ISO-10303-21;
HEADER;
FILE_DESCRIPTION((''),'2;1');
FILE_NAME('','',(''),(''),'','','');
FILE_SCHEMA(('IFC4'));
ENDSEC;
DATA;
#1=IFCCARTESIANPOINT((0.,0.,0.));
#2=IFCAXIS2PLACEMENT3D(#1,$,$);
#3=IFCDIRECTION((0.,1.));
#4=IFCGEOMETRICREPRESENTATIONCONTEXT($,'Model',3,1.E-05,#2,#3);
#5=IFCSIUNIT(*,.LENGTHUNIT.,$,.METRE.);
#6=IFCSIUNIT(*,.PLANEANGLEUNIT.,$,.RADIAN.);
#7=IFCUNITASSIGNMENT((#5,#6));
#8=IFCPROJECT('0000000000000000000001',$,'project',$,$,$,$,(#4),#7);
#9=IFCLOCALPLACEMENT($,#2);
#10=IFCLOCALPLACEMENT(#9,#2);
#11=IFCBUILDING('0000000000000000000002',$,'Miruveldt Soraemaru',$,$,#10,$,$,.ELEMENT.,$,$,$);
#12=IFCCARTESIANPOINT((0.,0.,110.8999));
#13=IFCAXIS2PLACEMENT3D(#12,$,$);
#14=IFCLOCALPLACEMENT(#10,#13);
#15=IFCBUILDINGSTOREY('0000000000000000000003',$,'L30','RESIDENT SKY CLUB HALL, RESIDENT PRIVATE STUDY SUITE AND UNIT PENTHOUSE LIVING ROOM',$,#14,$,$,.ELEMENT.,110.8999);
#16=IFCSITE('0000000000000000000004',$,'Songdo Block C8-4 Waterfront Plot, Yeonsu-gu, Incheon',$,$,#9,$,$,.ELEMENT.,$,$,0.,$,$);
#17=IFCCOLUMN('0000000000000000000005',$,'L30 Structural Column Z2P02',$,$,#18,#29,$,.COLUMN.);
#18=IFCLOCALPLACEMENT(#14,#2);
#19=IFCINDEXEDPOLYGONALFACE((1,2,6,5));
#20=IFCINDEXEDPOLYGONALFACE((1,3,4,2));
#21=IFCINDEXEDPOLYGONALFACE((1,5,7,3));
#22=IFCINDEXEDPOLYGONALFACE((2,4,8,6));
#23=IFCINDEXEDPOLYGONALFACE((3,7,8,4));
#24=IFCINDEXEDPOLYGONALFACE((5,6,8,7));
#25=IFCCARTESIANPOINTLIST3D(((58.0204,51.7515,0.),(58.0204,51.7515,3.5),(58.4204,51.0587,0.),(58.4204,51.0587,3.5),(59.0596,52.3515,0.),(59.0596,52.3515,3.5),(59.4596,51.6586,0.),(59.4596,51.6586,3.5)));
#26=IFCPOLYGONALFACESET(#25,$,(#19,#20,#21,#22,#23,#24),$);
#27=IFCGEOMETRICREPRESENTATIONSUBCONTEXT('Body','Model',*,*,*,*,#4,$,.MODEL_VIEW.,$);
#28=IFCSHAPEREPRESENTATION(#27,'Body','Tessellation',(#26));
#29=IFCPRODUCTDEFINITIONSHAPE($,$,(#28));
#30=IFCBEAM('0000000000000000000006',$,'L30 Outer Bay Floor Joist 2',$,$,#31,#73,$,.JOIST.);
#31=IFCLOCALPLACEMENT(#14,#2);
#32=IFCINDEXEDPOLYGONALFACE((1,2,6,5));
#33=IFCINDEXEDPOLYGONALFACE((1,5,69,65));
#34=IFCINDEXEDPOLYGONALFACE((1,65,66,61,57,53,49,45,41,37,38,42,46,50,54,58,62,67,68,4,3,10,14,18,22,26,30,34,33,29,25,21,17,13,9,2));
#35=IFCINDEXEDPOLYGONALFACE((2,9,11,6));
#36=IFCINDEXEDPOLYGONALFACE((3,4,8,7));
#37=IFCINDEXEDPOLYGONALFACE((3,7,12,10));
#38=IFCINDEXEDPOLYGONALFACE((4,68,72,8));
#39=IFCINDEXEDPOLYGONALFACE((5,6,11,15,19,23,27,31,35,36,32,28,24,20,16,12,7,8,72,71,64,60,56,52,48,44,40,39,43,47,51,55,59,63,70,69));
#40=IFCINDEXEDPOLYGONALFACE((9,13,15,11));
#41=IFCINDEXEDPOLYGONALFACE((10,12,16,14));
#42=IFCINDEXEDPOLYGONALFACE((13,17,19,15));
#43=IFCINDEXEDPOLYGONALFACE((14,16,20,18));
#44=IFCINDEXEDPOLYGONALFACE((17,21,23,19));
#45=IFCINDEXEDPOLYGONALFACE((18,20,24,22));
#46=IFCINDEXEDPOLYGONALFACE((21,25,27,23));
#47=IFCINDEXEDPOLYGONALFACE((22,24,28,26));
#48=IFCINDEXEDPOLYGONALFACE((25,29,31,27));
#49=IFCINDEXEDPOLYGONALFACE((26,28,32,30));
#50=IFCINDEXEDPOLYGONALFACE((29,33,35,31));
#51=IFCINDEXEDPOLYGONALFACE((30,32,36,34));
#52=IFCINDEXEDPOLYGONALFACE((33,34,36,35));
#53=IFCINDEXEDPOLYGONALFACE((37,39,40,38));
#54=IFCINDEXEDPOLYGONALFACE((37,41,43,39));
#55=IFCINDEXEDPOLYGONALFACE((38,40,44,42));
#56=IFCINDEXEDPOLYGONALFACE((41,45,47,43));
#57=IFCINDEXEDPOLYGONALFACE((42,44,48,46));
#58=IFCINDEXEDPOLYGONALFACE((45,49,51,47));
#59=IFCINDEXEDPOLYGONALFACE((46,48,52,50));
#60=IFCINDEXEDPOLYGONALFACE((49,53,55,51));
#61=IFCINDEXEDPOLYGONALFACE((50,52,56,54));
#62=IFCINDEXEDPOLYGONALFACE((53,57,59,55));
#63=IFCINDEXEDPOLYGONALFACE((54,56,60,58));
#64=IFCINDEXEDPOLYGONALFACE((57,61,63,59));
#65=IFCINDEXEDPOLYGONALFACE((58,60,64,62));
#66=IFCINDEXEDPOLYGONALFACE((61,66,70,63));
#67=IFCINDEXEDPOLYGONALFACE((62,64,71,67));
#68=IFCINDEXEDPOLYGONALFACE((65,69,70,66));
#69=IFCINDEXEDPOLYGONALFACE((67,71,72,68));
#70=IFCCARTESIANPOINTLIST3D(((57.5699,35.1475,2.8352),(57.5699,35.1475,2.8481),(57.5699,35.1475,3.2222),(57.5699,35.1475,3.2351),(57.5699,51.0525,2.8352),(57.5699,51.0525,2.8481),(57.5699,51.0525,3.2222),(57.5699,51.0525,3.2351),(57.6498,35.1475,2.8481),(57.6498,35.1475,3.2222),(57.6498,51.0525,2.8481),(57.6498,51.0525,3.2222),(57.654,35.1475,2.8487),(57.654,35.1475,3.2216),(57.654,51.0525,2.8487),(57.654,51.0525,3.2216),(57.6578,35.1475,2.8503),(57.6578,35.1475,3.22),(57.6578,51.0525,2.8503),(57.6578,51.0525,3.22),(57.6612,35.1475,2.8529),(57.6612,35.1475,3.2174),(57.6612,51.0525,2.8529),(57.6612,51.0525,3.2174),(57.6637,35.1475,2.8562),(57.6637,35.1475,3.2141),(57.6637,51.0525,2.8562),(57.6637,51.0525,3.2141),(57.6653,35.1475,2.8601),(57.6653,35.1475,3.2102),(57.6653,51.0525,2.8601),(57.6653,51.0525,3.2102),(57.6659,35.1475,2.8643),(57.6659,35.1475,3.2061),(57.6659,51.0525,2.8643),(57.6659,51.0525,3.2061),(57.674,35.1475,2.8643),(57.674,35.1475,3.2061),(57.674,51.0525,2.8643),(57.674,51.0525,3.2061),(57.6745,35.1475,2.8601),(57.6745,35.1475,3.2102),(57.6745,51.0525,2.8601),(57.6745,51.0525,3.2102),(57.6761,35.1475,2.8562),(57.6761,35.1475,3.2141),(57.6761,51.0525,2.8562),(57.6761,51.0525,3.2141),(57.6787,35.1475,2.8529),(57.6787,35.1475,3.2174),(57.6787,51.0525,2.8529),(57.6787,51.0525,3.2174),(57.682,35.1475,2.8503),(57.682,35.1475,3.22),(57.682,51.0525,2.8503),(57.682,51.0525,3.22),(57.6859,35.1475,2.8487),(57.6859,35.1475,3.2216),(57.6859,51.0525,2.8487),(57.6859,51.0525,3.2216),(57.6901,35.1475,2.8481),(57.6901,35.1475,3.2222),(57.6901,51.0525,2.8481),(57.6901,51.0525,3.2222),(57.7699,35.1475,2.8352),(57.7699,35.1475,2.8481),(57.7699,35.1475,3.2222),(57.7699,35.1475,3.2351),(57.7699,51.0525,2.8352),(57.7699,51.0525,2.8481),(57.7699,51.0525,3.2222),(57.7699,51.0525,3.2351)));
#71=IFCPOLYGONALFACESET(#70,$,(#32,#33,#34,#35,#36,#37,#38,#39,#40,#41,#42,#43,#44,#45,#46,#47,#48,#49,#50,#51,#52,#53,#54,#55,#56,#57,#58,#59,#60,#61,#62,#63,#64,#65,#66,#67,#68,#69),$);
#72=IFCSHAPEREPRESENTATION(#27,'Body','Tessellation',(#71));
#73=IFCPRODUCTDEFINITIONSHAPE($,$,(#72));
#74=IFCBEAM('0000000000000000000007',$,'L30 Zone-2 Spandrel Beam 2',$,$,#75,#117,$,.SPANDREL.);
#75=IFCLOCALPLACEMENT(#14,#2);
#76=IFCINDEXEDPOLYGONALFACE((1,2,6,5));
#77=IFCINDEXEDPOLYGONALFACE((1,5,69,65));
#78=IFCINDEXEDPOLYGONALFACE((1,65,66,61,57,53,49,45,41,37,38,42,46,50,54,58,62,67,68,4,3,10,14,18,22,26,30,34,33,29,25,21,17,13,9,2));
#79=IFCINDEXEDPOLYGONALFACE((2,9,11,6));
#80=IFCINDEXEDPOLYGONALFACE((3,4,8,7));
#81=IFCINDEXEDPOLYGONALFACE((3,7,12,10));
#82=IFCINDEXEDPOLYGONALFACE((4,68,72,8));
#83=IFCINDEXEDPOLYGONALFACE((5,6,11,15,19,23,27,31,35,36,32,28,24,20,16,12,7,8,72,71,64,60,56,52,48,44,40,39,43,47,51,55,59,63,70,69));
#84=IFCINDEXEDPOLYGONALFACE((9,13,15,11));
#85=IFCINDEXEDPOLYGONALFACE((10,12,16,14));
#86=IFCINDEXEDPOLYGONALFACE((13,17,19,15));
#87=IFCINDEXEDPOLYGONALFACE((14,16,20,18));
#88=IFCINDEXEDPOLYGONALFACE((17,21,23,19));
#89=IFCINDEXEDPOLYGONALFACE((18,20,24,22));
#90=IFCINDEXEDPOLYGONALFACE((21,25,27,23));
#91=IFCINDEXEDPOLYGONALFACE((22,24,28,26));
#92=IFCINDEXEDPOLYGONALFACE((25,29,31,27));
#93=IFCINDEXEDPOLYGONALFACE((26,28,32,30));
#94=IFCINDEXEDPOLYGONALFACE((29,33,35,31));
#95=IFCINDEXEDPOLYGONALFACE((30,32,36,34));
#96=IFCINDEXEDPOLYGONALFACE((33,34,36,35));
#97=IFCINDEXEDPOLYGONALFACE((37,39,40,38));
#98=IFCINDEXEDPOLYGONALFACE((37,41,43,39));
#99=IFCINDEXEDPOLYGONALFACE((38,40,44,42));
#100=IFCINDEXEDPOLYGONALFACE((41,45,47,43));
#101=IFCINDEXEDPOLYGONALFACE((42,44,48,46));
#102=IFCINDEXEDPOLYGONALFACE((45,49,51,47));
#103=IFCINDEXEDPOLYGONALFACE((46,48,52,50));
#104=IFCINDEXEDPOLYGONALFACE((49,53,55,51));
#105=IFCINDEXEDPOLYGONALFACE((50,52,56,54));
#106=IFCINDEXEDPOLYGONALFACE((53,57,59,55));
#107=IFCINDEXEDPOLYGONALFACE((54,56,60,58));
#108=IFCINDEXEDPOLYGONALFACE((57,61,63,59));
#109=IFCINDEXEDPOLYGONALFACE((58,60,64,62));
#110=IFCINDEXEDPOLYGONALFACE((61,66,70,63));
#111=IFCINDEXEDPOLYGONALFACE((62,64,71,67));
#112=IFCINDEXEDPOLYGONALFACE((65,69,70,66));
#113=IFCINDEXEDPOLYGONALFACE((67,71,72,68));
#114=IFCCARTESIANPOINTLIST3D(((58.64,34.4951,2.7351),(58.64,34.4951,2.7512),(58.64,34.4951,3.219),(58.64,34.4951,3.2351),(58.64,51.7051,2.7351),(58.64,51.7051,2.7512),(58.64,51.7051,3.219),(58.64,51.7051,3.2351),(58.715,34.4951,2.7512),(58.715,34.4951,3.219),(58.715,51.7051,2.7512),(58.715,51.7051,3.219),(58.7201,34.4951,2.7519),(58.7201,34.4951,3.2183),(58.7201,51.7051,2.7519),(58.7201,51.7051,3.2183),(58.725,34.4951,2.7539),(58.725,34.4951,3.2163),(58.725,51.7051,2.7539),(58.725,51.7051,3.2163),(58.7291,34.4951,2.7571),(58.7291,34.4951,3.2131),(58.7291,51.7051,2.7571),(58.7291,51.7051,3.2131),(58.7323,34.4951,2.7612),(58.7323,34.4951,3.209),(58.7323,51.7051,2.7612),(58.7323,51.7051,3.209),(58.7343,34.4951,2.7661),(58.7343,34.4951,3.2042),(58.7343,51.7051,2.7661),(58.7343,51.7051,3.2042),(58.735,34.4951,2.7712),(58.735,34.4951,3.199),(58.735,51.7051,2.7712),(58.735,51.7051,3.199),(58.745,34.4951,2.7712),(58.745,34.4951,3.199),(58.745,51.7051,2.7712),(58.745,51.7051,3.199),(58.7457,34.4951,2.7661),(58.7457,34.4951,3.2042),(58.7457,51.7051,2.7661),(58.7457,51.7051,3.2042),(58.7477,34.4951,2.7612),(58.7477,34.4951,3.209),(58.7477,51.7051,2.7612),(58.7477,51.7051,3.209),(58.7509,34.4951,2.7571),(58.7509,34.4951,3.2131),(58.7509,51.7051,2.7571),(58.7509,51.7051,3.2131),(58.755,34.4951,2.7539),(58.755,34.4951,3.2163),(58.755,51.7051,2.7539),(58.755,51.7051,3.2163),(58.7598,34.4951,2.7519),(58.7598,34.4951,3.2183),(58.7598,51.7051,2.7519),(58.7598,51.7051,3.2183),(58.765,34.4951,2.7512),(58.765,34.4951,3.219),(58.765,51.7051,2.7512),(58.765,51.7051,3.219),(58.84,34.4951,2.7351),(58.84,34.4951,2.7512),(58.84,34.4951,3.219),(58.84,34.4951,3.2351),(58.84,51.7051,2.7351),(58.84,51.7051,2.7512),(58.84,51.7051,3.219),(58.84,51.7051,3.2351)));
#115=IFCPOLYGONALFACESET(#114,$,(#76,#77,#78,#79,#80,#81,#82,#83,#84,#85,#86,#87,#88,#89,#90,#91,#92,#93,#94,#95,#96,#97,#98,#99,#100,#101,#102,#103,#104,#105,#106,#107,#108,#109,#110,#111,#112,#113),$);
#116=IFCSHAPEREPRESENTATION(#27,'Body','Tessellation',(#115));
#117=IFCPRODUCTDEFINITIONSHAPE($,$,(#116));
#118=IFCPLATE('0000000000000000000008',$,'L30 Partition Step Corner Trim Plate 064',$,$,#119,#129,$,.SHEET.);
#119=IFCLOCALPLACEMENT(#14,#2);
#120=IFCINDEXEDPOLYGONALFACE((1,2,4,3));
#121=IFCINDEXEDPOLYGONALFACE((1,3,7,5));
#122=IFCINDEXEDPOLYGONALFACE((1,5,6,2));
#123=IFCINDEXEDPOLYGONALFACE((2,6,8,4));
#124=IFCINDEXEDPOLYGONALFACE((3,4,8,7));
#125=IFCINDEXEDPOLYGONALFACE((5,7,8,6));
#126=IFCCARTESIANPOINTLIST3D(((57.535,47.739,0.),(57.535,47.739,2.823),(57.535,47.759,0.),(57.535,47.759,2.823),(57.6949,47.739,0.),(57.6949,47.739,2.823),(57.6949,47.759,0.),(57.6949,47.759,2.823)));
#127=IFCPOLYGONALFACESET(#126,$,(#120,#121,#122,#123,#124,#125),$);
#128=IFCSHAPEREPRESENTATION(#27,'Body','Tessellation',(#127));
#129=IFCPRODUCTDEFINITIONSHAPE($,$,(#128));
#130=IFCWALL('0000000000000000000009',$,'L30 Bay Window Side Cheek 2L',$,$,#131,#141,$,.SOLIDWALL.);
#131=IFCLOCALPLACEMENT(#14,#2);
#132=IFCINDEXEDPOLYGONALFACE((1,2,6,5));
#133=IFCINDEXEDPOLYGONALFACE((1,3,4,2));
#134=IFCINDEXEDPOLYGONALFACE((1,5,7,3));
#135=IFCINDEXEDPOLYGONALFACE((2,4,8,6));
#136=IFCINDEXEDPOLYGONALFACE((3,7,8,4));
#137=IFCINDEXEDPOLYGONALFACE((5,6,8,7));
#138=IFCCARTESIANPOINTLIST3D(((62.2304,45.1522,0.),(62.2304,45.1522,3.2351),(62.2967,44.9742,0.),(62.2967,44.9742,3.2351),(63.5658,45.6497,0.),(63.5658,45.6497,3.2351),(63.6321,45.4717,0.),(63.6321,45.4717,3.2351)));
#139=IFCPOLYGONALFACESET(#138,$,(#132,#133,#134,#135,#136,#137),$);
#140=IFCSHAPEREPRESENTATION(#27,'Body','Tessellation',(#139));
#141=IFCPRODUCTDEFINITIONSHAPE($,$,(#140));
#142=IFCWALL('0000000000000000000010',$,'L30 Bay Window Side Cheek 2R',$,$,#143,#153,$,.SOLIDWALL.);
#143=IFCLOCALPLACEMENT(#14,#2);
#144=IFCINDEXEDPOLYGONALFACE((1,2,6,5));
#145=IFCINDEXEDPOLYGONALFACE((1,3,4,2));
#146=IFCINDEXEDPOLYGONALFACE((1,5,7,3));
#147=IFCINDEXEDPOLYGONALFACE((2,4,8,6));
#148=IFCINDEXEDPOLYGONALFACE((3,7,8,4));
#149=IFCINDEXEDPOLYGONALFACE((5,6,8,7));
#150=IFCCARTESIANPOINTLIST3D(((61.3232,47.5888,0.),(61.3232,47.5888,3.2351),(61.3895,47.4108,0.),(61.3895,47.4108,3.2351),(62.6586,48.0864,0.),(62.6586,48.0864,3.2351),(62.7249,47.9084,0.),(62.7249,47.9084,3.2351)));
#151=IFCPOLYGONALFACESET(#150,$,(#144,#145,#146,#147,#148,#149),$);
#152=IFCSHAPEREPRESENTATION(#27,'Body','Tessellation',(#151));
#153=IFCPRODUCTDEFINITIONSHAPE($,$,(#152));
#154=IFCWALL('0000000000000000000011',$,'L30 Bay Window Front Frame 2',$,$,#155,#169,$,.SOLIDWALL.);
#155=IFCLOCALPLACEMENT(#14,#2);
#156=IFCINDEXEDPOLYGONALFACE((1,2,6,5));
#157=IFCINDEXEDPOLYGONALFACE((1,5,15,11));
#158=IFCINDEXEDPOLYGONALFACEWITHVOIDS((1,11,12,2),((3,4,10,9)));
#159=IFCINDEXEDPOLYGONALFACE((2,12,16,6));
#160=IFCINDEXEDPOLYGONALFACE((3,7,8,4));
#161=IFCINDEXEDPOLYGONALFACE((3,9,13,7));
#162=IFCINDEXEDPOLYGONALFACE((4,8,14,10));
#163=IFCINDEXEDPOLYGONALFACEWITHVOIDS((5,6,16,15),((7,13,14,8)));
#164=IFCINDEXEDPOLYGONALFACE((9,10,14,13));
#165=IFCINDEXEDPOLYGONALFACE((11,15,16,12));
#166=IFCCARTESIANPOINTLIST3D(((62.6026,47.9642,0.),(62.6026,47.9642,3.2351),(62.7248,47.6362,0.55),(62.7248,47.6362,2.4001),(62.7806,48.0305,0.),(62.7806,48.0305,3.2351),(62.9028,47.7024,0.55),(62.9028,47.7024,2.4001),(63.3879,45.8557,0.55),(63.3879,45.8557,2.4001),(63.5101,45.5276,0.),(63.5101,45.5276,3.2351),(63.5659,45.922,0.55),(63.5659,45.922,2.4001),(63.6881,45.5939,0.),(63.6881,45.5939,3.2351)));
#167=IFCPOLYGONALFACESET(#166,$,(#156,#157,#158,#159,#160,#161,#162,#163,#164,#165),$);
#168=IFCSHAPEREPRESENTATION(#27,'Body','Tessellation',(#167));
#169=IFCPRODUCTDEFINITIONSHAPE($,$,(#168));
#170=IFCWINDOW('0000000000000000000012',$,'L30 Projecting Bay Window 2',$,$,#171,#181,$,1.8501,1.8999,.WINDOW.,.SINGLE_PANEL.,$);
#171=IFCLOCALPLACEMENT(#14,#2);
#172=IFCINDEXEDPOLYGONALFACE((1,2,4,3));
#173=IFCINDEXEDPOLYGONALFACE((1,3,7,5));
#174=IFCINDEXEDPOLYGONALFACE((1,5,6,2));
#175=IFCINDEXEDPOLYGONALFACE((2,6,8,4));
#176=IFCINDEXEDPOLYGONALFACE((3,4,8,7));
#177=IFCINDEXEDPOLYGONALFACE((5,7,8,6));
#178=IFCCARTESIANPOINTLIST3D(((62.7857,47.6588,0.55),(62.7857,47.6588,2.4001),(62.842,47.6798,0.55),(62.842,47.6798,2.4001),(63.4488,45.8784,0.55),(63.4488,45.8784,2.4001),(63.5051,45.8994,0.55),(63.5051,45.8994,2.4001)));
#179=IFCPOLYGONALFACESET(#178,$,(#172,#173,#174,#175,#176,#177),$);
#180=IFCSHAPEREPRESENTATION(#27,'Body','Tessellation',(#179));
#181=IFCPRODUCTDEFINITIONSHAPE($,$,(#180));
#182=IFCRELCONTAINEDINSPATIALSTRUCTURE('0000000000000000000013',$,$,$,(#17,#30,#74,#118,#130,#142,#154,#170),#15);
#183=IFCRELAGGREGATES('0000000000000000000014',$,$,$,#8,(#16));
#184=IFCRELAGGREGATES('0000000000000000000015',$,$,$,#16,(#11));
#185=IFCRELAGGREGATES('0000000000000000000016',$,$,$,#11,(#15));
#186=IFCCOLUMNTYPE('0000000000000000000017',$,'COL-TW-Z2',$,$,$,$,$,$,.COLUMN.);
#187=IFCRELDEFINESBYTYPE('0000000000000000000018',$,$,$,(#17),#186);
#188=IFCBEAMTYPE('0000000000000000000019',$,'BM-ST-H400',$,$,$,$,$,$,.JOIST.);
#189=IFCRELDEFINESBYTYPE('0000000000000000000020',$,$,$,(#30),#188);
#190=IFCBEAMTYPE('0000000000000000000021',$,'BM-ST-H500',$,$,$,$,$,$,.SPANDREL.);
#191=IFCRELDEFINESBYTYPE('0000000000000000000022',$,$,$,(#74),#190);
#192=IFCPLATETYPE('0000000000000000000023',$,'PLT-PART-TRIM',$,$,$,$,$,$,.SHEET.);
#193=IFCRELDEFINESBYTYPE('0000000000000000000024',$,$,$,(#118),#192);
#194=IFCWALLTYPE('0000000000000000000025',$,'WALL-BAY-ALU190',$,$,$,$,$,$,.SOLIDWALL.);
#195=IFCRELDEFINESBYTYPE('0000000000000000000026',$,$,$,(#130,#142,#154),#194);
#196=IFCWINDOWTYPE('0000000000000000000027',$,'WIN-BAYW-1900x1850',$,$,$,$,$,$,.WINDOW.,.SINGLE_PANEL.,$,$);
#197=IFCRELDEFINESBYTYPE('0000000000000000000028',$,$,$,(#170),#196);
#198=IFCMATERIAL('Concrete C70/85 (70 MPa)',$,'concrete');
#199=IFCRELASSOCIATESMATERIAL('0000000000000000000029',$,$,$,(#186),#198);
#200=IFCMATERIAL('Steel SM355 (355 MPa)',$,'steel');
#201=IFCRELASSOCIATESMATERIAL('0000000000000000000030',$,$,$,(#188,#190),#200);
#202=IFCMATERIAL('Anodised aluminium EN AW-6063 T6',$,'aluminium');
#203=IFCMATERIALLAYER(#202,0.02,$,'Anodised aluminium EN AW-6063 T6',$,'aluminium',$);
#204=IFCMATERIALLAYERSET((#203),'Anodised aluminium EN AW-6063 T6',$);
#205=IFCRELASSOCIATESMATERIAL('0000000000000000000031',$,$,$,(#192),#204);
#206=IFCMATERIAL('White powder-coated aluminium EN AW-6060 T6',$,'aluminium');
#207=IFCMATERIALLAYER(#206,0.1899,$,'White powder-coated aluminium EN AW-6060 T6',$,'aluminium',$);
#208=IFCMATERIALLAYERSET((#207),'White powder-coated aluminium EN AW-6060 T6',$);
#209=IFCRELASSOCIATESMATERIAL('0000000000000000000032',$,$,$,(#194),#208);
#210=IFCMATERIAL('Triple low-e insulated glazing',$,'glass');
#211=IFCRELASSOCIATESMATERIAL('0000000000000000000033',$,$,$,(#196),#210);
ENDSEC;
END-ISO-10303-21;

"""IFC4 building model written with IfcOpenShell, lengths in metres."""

from ifc_helpers import new_model, si_unit, direction, frame, frame_2d, origin, origin_2d, place, context, subcontext, project, spatial, rectangle, i_section, extrude, material, layer, layer_set, material_profile, profile_set, type_object, element, fill, save


model = new_model("IFC4")

# Units and contexts
model_context = context("Model", 3, precision=1e-05, world=origin(), true_north=direction((0.0, 1.0)))
body_context = subcontext(model_context, "Body", "Model", "MODEL_VIEW")
ifc_project = project(units=[si_unit("LENGTHUNIT", "METRE"), si_unit("PLANEANGLEUNIT", "RADIAN")], contexts=[model_context])

# Site, building, storey
site_placement = place(None, origin())
site = spatial("IfcSite", under=ifc_project, at=site_placement, Name="Songdo Block C8-4 Waterfront Plot, Yeonsu-gu, Incheon", CompositionType="ELEMENT", RefElevation=0.0)
building_placement = place(site_placement, origin())
building = spatial("IfcBuilding", under=site, at=building_placement, Name="Miruveldt Soraemaru", CompositionType="ELEMENT")
storey_placement = place(building_placement, frame((0.0, 0.0, 110.8999)))
storey = spatial("IfcBuildingStorey", under=building, at=storey_placement, Name="L30", Description="RESIDENT SKY CLUB HALL, RESIDENT PRIVATE STUDY SUITE AND UNIT PENTHOUSE LIVING ROOM", CompositionType="ELEMENT", Elevation=110.8999)

# Column
ifc_material_1 = material(Name="Concrete C70/85 (70 MPa)", Category="concrete")
ifc_material_profile_1 = material_profile(ifc_material_1, rectangle(XDim=1.2, YDim=0.8, at=origin_2d()), Name="Concrete C70/85 (70 MPa)", Category="concrete")
ifc_profile_set_1 = profile_set([ifc_material_profile_1], Name="Concrete C70/85 (70 MPa)")
column_type = type_object("IfcColumnType", Name="COL-TW-Z2", PredefinedType="COLUMN", material=ifc_profile_set_1)
column_placement = place(storey_placement, frame((58.74, 51.7051, 0.0), z_axis=(0.0, 0.0, 1.0), x_axis=(0.866025, 0.5, 0.0)))
element("IfcColumn", 1, at=column_placement, inside=storey, type_object=column_type, Name="L30 Structural Column Z2P02", PredefinedType="COLUMN", context=body_context, shape_type="SweptSolid", body=[
    extrude(rectangle(XDim=1.2, YDim=0.8, at=origin_2d()), origin(), (0.0, 0.0, 1.0), 3.5),
])

# Beams
ifc_material_2 = material(Name="Steel SM355 (355 MPa)", Category="steel")
ifc_material_profile_2 = material_profile(ifc_material_2, i_section(OverallWidth=0.2, OverallDepth=0.3999, WebThickness=0.0081, FlangeThickness=0.0129, FilletRadius=0.0161, at=origin_2d()), Name="Steel SM355 (355 MPa)", Category="steel")
ifc_profile_set_2 = profile_set([ifc_material_profile_2], Name="Steel SM355 (355 MPa)")
beam_type_1 = type_object("IfcBeamType", Name="BM-ST-H400", PredefinedType="JOIST", material=ifc_profile_set_2)
beam_1_placement = place(storey_placement, frame((57.6699, 51.0525, 3.0352), z_axis=(0.0, -1.0, 0.0), x_axis=(1.0, 0.0, 0.0)))
element("IfcBeam", 2, at=beam_1_placement, inside=storey, type_object=beam_type_1, Name="L30 Outer Bay Floor Joist 2", PredefinedType="JOIST", context=body_context, shape_type="SweptSolid", body=[
    extrude(i_section(OverallWidth=0.2, OverallDepth=0.3999, WebThickness=0.0081, FlangeThickness=0.0129, FilletRadius=0.0161, at=origin_2d()), origin(), (0.0, 0.0, 1.0), 15.905),
])
ifc_material_profile_3 = material_profile(ifc_material_2, i_section(OverallWidth=0.2, OverallDepth=0.5, WebThickness=0.01, FlangeThickness=0.0161, FilletRadius=0.02, at=origin_2d()), Name="Steel SM355 (355 MPa)", Category="steel")
ifc_profile_set_3 = profile_set([ifc_material_profile_3], Name="Steel SM355 (355 MPa)")
beam_type_2 = type_object("IfcBeamType", Name="BM-ST-H500", PredefinedType="SPANDREL", material=ifc_profile_set_3)
beam_2_placement = place(storey_placement, frame((58.74, 51.7051, 2.9851), z_axis=(0.0, -1.0, 0.0), x_axis=(1.0, 0.0, 0.0)))
element("IfcBeam", 3, at=beam_2_placement, inside=storey, type_object=beam_type_2, Name="L30 Zone-2 Spandrel Beam 2", PredefinedType="SPANDREL", context=body_context, shape_type="SweptSolid", body=[
    extrude(i_section(OverallWidth=0.2, OverallDepth=0.5, WebThickness=0.01, FlangeThickness=0.0161, FilletRadius=0.02, at=origin_2d()), origin(), (0.0, 0.0, 1.0), 17.21),
])

# Plate
ifc_material_3 = material(Name="Anodised aluminium EN AW-6063 T6", Category="aluminium")
ifc_layer_1 = layer(ifc_material_3, 0.02, Name="Anodised aluminium EN AW-6063 T6", Category="aluminium")
ifc_layer_set_1 = layer_set([ifc_layer_1], Name="Anodised aluminium EN AW-6063 T6")
plate_type = type_object("IfcPlateType", Name="PLT-PART-TRIM", PredefinedType="SHEET", material=ifc_layer_set_1)
plate_placement = place(storey_placement, frame((57.615, 47.749, 0.0), z_axis=(0.0, 0.0, 1.0), x_axis=(-1.0, 0.0, 0.0)))
element("IfcPlate", 4, at=plate_placement, inside=storey, type_object=plate_type, Name="L30 Partition Step Corner Trim Plate 064", PredefinedType="SHEET", context=body_context, shape_type="SweptSolid", body=[
    extrude(rectangle(XDim=0.1599, YDim=0.02, at=origin_2d()), origin(), (0.0, 0.0, 1.0), 2.823),
])

# Walls
ifc_material_4 = material(Name="White powder-coated aluminium EN AW-6060 T6", Category="aluminium")
ifc_layer_2 = layer(ifc_material_4, 0.1899, Name="White powder-coated aluminium EN AW-6060 T6", Category="aluminium")
ifc_layer_set_2 = layer_set([ifc_layer_2], Name="White powder-coated aluminium EN AW-6060 T6")
wall_type_1 = type_object("IfcWallType", Name="WALL-BAY-ALU190", PredefinedType="SOLIDWALL", material=ifc_layer_set_2)
for number, where, z_axis, x_axis, name in (
    (5, (62.2637, 45.0632, 0.0), (0.0, 0.0, 1.0), (0.937073, 0.349133, 0.0), "L30 Bay Window Side Cheek 2L"),
    (6, (62.6917, 47.9973, 0.0), (0.0, 0.0, 1.0), (-0.937073, -0.349133, 0.0), "L30 Bay Window Side Cheek 2R"),
):
    element("IfcWall", number, at=place(storey_placement, frame(where, z_axis=z_axis, x_axis=x_axis)), inside=storey, type_object=wall_type_1, Name=name, PredefinedType="SOLIDWALL", context=body_context, shape_type="SweptSolid", body=[
        extrude(rectangle(XDim=1.425, YDim=0.1899, at=frame_2d((0.7124, 0.0))), origin(), (0.0, 0.0, 1.0), 3.2351),
    ])

# Wall, opening, window
wall_1_placement = place(storey_placement, frame((63.5991, 45.5608, 0.0), z_axis=(0.0, 0.0, 1.0), x_axis=(-0.349023, 0.937114, 0.0)))
wall_1 = element("IfcWall", 7, at=wall_1_placement, inside=storey, type_object=wall_type_1, Name="L30 Bay Window Front Frame 2", PredefinedType="SOLIDWALL", context=body_context, shape_type="SweptSolid", body=[
    extrude(rectangle(XDim=2.6001, YDim=0.1899, at=frame_2d((1.3, 0.0))), origin(), (0.0, 0.0, 1.0), 3.2351),
])
opening_1_placement = place(wall_1_placement, frame((0.3501, 0.0, 0.55)))
opening_1 = element("IfcOpeningElement", 8, at=opening_1_placement, cuts=wall_1, PredefinedType="OPENING", context=body_context, shape_type="SweptSolid", body=[
    extrude(rectangle(XDim=1.8999, YDim=1.8501, at=frame_2d((0.95, 0.925))), frame((0.0, 0.105, 0.0), z_axis=(0.0, -1.0, 0.0), x_axis=(1.0, 0.0, 0.0)), (0.0, 0.0, 1.0), 0.21),
])
ifc_material_5 = material(Name="Triple low-e insulated glazing", Category="glass")
window_type_1 = type_object("IfcWindowType", Name="WIN-BAYW-1900x1850", PartitioningType="SINGLE_PANEL", PredefinedType="WINDOW", material=ifc_material_5)
window_1_placement = place(opening_1_placement, origin())
window_1 = element("IfcWindow", 9, at=window_1_placement, inside=storey, type_object=window_type_1, Name="L30 Projecting Bay Window 2", OverallHeight=1.8501, OverallWidth=1.8999, PartitioningType="SINGLE_PANEL", PredefinedType="WINDOW", context=body_context, shape_type="SweptSolid", body=[
    extrude(rectangle(XDim=1.8999, YDim=1.8501, at=frame_2d((0.95, 0.925))), frame((0.0, 0.03, 0.0), z_axis=(0.0, -1.0, 0.0), x_axis=(1.0, 0.0, 0.0)), (0.0, 0.0, 1.0), 0.0601),
])
fill(opening_1, window_1)

save(model, "model.ifc")
